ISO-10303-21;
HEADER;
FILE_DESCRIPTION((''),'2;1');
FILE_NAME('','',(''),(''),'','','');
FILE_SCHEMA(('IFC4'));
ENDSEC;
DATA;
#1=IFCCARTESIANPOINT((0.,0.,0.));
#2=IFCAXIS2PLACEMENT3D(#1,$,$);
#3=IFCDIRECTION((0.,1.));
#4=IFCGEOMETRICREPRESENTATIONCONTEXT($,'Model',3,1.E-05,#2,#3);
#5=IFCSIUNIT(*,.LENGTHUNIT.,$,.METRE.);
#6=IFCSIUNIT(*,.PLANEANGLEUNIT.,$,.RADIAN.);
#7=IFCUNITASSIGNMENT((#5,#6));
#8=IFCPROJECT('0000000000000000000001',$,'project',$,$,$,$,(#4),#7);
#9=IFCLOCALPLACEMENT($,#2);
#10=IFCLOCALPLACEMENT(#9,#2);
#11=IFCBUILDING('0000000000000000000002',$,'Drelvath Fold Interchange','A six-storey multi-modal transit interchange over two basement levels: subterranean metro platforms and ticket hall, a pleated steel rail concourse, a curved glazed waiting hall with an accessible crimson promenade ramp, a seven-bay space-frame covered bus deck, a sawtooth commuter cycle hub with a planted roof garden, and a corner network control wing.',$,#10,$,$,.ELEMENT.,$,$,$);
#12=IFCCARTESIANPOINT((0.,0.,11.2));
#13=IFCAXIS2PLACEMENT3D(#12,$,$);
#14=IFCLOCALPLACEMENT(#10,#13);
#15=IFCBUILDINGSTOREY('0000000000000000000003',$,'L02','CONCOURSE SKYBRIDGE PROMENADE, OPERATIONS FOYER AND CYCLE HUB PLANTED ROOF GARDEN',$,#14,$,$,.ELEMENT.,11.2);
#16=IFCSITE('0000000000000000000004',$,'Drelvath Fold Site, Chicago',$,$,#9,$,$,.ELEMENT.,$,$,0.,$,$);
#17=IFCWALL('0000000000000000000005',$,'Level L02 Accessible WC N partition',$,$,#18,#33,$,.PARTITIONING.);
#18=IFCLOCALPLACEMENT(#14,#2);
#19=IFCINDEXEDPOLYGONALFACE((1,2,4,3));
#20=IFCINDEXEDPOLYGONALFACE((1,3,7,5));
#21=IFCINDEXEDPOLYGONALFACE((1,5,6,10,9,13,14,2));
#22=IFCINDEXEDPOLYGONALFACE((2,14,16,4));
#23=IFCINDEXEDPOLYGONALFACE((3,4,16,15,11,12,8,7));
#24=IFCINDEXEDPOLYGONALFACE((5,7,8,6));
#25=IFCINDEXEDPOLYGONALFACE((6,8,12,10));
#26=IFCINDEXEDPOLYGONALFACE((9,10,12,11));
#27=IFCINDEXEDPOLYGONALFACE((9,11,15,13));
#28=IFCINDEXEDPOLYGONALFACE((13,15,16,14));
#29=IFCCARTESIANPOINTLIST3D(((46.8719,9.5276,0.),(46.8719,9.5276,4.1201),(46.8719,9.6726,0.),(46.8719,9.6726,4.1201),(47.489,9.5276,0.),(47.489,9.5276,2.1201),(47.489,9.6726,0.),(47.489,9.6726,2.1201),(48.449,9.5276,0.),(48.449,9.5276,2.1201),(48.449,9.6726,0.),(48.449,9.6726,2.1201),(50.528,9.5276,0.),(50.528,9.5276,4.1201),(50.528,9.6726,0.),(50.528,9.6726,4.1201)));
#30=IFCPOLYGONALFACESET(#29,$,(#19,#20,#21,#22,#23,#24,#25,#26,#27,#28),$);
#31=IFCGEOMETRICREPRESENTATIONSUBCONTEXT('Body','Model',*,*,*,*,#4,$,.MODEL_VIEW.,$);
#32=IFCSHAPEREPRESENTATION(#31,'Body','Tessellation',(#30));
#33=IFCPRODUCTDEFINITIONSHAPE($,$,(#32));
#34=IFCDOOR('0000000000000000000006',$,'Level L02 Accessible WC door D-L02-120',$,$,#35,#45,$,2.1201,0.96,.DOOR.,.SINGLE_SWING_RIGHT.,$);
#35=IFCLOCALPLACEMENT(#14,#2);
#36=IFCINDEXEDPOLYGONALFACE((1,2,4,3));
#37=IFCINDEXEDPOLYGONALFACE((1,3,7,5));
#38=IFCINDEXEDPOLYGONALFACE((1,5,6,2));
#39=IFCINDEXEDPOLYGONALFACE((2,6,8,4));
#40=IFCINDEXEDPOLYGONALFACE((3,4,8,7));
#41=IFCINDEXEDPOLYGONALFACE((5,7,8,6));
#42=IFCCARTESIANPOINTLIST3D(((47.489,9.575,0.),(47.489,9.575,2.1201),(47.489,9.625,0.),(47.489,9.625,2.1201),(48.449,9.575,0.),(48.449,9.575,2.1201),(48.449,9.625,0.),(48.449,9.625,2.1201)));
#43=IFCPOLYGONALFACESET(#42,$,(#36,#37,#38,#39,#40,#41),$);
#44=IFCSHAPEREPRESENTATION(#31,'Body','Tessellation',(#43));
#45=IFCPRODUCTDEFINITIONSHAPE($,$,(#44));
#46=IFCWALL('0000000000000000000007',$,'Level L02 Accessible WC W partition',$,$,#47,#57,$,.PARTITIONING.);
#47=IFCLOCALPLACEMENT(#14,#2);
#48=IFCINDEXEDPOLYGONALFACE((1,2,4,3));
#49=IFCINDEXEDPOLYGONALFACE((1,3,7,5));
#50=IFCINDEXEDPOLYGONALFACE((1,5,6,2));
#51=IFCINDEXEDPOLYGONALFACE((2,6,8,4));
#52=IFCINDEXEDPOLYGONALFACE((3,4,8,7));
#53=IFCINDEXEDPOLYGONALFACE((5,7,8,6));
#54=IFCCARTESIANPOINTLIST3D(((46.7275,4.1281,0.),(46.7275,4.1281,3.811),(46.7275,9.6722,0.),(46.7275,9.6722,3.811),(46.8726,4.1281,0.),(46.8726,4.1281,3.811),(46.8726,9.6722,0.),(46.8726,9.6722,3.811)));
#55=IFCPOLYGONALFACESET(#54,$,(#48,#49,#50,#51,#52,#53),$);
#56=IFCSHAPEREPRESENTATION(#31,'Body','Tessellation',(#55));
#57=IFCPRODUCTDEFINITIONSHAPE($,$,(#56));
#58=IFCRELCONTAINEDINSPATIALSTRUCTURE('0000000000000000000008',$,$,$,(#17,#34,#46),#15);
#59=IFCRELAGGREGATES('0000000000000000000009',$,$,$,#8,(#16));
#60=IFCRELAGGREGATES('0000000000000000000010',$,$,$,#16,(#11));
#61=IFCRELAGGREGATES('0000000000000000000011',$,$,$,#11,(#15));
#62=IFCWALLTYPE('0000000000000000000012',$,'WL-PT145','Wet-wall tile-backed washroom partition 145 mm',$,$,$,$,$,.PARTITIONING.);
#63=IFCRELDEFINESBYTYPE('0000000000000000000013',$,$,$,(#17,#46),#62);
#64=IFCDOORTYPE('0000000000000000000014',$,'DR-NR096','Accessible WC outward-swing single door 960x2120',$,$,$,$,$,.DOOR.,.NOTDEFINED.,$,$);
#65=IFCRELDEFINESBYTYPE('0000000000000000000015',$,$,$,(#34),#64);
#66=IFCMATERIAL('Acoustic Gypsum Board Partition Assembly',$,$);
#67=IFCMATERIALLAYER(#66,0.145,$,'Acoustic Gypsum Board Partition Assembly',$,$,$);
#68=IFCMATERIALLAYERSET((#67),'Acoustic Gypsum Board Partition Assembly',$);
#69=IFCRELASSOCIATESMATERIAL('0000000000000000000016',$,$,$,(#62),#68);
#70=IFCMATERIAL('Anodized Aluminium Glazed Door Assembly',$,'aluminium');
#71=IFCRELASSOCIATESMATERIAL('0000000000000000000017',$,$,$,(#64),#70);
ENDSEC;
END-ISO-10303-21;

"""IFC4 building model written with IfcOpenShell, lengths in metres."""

from ifc_helpers import new_model, si_unit, direction, frame, frame_2d, origin, place, context, subcontext, project, spatial, rectangle, extrude, material, layer, layer_set, type_object, element, fill, save


model = new_model("IFC4")

# Units and contexts
model_context = context("Model", 3, precision=1e-05, world=origin(), true_north=direction((0.0, 1.0)))
body_context = subcontext(model_context, "Body", "Model", "MODEL_VIEW")
ifc_project = project(units=[si_unit("LENGTHUNIT", "METRE"), si_unit("PLANEANGLEUNIT", "RADIAN")], contexts=[model_context])

# Site, building, storey
site_placement = place(None, origin())
site = spatial("IfcSite", under=ifc_project, at=site_placement, Name="Drelvath Fold Site, Chicago", CompositionType="ELEMENT", RefElevation=0.0)
building_placement = place(site_placement, origin())
building = spatial("IfcBuilding", under=site, at=building_placement, Name="Drelvath Fold Interchange", Description="A six-storey multi-modal transit interchange over two basement levels: subterranean metro platforms and ticket hall, a pleated steel rail concourse, a curved glazed waiting hall with an accessible crimson promenade ramp, a seven-bay space-frame covered bus deck, a sawtooth commuter cycle hub with a planted roof garden, and a corner network control wing.", CompositionType="ELEMENT")
storey_placement = place(building_placement, frame((0.0, 0.0, 11.2)))
storey = spatial("IfcBuildingStorey", under=building, at=storey_placement, Name="L02", Description="CONCOURSE SKYBRIDGE PROMENADE, OPERATIONS FOYER AND CYCLE HUB PLANTED ROOF GARDEN", CompositionType="ELEMENT", Elevation=11.2)

# Shared definitions
ifc_material_1 = material(Name="Acoustic Gypsum Board Partition Assembly")
ifc_layer_1 = layer(ifc_material_1, 0.145, Name="Acoustic Gypsum Board Partition Assembly")
ifc_layer_set_1 = layer_set([ifc_layer_1], Name="Acoustic Gypsum Board Partition Assembly")
wall_type_1 = type_object("IfcWallType", Name="WL-PT145", Description="Wet-wall tile-backed washroom partition 145 mm", PredefinedType="PARTITIONING", material=ifc_layer_set_1)
ifc_material_2 = material(Name="Anodized Aluminium Glazed Door Assembly", Category="aluminium")

# Wall, opening, door
wall_1_placement = place(storey_placement, frame((50.5281, 9.6001, 0.0), z_axis=(0.0, 0.0, 1.0), x_axis=(-1.0, 0.0, 0.0)))
wall_1 = element("IfcWall", 1, at=wall_1_placement, inside=storey, type_object=wall_type_1, Name="Level L02 Accessible WC N partition", PredefinedType="PARTITIONING", context=body_context, shape_type="SweptSolid", body=[
    extrude(rectangle(XDim=3.656, YDim=0.145, at=frame_2d((1.8281, 0.0))), origin(), (0.0, 0.0, 1.0), 4.1201),
])
opening_1_placement = place(wall_1_placement, frame((2.0791, 0.0, 0.0)))
opening_1 = element("IfcOpeningElement", 2, at=opening_1_placement, cuts=wall_1, PredefinedType="OPENING", context=body_context, shape_type="SweptSolid", body=[
    extrude(rectangle(XDim=0.96, YDim=2.1201, at=frame_2d((0.48, 1.0601))), frame((0.0, 0.0825, 0.0), z_axis=(0.0, -1.0, 0.0), x_axis=(1.0, 0.0, 0.0)), (0.0, 0.0, 1.0), 0.165),
])
door_type_1 = type_object("IfcDoorType", Name="DR-NR096", Description="Accessible WC outward-swing single door 960x2120", OperationType="NOTDEFINED", PredefinedType="DOOR", material=ifc_material_2)
door_1_placement = place(opening_1_placement, frame((0.96, 0.0, 0.0), z_axis=(0.0, 0.0, 1.0), x_axis=(-1.0, 0.0, 0.0)))
door_1 = element("IfcDoor", 3, at=door_1_placement, inside=storey, type_object=door_type_1, Name="Level L02 Accessible WC door D-L02-120", OperationType="SINGLE_SWING_RIGHT", OverallHeight=2.1201, OverallWidth=0.96, PredefinedType="DOOR", context=body_context, shape_type="SweptSolid", body=[
    extrude(rectangle(XDim=0.96, YDim=2.1201, at=frame_2d((0.48, 1.0601))), frame((0.0, 0.0249, 0.0), z_axis=(0.0, -1.0, 0.0), x_axis=(1.0, 0.0, 0.0)), (0.0, 0.0, 1.0), 0.05),
])
fill(opening_1, door_1)

# Wall
wall_2_placement = place(storey_placement, frame((46.8, 9.6721, 0.0), z_axis=(0.0, 0.0, 1.0), x_axis=(0.0, -1.0, 0.0)))
element("IfcWall", 4, at=wall_2_placement, inside=storey, type_object=wall_type_1, Name="Level L02 Accessible WC W partition", PredefinedType="PARTITIONING", context=body_context, shape_type="SweptSolid", body=[
    extrude(rectangle(XDim=5.5442, YDim=0.145, at=frame_2d((2.772, 0.0))), origin(), (0.0, 0.0, 1.0), 3.811),
])

save(model, "model.ifc")
